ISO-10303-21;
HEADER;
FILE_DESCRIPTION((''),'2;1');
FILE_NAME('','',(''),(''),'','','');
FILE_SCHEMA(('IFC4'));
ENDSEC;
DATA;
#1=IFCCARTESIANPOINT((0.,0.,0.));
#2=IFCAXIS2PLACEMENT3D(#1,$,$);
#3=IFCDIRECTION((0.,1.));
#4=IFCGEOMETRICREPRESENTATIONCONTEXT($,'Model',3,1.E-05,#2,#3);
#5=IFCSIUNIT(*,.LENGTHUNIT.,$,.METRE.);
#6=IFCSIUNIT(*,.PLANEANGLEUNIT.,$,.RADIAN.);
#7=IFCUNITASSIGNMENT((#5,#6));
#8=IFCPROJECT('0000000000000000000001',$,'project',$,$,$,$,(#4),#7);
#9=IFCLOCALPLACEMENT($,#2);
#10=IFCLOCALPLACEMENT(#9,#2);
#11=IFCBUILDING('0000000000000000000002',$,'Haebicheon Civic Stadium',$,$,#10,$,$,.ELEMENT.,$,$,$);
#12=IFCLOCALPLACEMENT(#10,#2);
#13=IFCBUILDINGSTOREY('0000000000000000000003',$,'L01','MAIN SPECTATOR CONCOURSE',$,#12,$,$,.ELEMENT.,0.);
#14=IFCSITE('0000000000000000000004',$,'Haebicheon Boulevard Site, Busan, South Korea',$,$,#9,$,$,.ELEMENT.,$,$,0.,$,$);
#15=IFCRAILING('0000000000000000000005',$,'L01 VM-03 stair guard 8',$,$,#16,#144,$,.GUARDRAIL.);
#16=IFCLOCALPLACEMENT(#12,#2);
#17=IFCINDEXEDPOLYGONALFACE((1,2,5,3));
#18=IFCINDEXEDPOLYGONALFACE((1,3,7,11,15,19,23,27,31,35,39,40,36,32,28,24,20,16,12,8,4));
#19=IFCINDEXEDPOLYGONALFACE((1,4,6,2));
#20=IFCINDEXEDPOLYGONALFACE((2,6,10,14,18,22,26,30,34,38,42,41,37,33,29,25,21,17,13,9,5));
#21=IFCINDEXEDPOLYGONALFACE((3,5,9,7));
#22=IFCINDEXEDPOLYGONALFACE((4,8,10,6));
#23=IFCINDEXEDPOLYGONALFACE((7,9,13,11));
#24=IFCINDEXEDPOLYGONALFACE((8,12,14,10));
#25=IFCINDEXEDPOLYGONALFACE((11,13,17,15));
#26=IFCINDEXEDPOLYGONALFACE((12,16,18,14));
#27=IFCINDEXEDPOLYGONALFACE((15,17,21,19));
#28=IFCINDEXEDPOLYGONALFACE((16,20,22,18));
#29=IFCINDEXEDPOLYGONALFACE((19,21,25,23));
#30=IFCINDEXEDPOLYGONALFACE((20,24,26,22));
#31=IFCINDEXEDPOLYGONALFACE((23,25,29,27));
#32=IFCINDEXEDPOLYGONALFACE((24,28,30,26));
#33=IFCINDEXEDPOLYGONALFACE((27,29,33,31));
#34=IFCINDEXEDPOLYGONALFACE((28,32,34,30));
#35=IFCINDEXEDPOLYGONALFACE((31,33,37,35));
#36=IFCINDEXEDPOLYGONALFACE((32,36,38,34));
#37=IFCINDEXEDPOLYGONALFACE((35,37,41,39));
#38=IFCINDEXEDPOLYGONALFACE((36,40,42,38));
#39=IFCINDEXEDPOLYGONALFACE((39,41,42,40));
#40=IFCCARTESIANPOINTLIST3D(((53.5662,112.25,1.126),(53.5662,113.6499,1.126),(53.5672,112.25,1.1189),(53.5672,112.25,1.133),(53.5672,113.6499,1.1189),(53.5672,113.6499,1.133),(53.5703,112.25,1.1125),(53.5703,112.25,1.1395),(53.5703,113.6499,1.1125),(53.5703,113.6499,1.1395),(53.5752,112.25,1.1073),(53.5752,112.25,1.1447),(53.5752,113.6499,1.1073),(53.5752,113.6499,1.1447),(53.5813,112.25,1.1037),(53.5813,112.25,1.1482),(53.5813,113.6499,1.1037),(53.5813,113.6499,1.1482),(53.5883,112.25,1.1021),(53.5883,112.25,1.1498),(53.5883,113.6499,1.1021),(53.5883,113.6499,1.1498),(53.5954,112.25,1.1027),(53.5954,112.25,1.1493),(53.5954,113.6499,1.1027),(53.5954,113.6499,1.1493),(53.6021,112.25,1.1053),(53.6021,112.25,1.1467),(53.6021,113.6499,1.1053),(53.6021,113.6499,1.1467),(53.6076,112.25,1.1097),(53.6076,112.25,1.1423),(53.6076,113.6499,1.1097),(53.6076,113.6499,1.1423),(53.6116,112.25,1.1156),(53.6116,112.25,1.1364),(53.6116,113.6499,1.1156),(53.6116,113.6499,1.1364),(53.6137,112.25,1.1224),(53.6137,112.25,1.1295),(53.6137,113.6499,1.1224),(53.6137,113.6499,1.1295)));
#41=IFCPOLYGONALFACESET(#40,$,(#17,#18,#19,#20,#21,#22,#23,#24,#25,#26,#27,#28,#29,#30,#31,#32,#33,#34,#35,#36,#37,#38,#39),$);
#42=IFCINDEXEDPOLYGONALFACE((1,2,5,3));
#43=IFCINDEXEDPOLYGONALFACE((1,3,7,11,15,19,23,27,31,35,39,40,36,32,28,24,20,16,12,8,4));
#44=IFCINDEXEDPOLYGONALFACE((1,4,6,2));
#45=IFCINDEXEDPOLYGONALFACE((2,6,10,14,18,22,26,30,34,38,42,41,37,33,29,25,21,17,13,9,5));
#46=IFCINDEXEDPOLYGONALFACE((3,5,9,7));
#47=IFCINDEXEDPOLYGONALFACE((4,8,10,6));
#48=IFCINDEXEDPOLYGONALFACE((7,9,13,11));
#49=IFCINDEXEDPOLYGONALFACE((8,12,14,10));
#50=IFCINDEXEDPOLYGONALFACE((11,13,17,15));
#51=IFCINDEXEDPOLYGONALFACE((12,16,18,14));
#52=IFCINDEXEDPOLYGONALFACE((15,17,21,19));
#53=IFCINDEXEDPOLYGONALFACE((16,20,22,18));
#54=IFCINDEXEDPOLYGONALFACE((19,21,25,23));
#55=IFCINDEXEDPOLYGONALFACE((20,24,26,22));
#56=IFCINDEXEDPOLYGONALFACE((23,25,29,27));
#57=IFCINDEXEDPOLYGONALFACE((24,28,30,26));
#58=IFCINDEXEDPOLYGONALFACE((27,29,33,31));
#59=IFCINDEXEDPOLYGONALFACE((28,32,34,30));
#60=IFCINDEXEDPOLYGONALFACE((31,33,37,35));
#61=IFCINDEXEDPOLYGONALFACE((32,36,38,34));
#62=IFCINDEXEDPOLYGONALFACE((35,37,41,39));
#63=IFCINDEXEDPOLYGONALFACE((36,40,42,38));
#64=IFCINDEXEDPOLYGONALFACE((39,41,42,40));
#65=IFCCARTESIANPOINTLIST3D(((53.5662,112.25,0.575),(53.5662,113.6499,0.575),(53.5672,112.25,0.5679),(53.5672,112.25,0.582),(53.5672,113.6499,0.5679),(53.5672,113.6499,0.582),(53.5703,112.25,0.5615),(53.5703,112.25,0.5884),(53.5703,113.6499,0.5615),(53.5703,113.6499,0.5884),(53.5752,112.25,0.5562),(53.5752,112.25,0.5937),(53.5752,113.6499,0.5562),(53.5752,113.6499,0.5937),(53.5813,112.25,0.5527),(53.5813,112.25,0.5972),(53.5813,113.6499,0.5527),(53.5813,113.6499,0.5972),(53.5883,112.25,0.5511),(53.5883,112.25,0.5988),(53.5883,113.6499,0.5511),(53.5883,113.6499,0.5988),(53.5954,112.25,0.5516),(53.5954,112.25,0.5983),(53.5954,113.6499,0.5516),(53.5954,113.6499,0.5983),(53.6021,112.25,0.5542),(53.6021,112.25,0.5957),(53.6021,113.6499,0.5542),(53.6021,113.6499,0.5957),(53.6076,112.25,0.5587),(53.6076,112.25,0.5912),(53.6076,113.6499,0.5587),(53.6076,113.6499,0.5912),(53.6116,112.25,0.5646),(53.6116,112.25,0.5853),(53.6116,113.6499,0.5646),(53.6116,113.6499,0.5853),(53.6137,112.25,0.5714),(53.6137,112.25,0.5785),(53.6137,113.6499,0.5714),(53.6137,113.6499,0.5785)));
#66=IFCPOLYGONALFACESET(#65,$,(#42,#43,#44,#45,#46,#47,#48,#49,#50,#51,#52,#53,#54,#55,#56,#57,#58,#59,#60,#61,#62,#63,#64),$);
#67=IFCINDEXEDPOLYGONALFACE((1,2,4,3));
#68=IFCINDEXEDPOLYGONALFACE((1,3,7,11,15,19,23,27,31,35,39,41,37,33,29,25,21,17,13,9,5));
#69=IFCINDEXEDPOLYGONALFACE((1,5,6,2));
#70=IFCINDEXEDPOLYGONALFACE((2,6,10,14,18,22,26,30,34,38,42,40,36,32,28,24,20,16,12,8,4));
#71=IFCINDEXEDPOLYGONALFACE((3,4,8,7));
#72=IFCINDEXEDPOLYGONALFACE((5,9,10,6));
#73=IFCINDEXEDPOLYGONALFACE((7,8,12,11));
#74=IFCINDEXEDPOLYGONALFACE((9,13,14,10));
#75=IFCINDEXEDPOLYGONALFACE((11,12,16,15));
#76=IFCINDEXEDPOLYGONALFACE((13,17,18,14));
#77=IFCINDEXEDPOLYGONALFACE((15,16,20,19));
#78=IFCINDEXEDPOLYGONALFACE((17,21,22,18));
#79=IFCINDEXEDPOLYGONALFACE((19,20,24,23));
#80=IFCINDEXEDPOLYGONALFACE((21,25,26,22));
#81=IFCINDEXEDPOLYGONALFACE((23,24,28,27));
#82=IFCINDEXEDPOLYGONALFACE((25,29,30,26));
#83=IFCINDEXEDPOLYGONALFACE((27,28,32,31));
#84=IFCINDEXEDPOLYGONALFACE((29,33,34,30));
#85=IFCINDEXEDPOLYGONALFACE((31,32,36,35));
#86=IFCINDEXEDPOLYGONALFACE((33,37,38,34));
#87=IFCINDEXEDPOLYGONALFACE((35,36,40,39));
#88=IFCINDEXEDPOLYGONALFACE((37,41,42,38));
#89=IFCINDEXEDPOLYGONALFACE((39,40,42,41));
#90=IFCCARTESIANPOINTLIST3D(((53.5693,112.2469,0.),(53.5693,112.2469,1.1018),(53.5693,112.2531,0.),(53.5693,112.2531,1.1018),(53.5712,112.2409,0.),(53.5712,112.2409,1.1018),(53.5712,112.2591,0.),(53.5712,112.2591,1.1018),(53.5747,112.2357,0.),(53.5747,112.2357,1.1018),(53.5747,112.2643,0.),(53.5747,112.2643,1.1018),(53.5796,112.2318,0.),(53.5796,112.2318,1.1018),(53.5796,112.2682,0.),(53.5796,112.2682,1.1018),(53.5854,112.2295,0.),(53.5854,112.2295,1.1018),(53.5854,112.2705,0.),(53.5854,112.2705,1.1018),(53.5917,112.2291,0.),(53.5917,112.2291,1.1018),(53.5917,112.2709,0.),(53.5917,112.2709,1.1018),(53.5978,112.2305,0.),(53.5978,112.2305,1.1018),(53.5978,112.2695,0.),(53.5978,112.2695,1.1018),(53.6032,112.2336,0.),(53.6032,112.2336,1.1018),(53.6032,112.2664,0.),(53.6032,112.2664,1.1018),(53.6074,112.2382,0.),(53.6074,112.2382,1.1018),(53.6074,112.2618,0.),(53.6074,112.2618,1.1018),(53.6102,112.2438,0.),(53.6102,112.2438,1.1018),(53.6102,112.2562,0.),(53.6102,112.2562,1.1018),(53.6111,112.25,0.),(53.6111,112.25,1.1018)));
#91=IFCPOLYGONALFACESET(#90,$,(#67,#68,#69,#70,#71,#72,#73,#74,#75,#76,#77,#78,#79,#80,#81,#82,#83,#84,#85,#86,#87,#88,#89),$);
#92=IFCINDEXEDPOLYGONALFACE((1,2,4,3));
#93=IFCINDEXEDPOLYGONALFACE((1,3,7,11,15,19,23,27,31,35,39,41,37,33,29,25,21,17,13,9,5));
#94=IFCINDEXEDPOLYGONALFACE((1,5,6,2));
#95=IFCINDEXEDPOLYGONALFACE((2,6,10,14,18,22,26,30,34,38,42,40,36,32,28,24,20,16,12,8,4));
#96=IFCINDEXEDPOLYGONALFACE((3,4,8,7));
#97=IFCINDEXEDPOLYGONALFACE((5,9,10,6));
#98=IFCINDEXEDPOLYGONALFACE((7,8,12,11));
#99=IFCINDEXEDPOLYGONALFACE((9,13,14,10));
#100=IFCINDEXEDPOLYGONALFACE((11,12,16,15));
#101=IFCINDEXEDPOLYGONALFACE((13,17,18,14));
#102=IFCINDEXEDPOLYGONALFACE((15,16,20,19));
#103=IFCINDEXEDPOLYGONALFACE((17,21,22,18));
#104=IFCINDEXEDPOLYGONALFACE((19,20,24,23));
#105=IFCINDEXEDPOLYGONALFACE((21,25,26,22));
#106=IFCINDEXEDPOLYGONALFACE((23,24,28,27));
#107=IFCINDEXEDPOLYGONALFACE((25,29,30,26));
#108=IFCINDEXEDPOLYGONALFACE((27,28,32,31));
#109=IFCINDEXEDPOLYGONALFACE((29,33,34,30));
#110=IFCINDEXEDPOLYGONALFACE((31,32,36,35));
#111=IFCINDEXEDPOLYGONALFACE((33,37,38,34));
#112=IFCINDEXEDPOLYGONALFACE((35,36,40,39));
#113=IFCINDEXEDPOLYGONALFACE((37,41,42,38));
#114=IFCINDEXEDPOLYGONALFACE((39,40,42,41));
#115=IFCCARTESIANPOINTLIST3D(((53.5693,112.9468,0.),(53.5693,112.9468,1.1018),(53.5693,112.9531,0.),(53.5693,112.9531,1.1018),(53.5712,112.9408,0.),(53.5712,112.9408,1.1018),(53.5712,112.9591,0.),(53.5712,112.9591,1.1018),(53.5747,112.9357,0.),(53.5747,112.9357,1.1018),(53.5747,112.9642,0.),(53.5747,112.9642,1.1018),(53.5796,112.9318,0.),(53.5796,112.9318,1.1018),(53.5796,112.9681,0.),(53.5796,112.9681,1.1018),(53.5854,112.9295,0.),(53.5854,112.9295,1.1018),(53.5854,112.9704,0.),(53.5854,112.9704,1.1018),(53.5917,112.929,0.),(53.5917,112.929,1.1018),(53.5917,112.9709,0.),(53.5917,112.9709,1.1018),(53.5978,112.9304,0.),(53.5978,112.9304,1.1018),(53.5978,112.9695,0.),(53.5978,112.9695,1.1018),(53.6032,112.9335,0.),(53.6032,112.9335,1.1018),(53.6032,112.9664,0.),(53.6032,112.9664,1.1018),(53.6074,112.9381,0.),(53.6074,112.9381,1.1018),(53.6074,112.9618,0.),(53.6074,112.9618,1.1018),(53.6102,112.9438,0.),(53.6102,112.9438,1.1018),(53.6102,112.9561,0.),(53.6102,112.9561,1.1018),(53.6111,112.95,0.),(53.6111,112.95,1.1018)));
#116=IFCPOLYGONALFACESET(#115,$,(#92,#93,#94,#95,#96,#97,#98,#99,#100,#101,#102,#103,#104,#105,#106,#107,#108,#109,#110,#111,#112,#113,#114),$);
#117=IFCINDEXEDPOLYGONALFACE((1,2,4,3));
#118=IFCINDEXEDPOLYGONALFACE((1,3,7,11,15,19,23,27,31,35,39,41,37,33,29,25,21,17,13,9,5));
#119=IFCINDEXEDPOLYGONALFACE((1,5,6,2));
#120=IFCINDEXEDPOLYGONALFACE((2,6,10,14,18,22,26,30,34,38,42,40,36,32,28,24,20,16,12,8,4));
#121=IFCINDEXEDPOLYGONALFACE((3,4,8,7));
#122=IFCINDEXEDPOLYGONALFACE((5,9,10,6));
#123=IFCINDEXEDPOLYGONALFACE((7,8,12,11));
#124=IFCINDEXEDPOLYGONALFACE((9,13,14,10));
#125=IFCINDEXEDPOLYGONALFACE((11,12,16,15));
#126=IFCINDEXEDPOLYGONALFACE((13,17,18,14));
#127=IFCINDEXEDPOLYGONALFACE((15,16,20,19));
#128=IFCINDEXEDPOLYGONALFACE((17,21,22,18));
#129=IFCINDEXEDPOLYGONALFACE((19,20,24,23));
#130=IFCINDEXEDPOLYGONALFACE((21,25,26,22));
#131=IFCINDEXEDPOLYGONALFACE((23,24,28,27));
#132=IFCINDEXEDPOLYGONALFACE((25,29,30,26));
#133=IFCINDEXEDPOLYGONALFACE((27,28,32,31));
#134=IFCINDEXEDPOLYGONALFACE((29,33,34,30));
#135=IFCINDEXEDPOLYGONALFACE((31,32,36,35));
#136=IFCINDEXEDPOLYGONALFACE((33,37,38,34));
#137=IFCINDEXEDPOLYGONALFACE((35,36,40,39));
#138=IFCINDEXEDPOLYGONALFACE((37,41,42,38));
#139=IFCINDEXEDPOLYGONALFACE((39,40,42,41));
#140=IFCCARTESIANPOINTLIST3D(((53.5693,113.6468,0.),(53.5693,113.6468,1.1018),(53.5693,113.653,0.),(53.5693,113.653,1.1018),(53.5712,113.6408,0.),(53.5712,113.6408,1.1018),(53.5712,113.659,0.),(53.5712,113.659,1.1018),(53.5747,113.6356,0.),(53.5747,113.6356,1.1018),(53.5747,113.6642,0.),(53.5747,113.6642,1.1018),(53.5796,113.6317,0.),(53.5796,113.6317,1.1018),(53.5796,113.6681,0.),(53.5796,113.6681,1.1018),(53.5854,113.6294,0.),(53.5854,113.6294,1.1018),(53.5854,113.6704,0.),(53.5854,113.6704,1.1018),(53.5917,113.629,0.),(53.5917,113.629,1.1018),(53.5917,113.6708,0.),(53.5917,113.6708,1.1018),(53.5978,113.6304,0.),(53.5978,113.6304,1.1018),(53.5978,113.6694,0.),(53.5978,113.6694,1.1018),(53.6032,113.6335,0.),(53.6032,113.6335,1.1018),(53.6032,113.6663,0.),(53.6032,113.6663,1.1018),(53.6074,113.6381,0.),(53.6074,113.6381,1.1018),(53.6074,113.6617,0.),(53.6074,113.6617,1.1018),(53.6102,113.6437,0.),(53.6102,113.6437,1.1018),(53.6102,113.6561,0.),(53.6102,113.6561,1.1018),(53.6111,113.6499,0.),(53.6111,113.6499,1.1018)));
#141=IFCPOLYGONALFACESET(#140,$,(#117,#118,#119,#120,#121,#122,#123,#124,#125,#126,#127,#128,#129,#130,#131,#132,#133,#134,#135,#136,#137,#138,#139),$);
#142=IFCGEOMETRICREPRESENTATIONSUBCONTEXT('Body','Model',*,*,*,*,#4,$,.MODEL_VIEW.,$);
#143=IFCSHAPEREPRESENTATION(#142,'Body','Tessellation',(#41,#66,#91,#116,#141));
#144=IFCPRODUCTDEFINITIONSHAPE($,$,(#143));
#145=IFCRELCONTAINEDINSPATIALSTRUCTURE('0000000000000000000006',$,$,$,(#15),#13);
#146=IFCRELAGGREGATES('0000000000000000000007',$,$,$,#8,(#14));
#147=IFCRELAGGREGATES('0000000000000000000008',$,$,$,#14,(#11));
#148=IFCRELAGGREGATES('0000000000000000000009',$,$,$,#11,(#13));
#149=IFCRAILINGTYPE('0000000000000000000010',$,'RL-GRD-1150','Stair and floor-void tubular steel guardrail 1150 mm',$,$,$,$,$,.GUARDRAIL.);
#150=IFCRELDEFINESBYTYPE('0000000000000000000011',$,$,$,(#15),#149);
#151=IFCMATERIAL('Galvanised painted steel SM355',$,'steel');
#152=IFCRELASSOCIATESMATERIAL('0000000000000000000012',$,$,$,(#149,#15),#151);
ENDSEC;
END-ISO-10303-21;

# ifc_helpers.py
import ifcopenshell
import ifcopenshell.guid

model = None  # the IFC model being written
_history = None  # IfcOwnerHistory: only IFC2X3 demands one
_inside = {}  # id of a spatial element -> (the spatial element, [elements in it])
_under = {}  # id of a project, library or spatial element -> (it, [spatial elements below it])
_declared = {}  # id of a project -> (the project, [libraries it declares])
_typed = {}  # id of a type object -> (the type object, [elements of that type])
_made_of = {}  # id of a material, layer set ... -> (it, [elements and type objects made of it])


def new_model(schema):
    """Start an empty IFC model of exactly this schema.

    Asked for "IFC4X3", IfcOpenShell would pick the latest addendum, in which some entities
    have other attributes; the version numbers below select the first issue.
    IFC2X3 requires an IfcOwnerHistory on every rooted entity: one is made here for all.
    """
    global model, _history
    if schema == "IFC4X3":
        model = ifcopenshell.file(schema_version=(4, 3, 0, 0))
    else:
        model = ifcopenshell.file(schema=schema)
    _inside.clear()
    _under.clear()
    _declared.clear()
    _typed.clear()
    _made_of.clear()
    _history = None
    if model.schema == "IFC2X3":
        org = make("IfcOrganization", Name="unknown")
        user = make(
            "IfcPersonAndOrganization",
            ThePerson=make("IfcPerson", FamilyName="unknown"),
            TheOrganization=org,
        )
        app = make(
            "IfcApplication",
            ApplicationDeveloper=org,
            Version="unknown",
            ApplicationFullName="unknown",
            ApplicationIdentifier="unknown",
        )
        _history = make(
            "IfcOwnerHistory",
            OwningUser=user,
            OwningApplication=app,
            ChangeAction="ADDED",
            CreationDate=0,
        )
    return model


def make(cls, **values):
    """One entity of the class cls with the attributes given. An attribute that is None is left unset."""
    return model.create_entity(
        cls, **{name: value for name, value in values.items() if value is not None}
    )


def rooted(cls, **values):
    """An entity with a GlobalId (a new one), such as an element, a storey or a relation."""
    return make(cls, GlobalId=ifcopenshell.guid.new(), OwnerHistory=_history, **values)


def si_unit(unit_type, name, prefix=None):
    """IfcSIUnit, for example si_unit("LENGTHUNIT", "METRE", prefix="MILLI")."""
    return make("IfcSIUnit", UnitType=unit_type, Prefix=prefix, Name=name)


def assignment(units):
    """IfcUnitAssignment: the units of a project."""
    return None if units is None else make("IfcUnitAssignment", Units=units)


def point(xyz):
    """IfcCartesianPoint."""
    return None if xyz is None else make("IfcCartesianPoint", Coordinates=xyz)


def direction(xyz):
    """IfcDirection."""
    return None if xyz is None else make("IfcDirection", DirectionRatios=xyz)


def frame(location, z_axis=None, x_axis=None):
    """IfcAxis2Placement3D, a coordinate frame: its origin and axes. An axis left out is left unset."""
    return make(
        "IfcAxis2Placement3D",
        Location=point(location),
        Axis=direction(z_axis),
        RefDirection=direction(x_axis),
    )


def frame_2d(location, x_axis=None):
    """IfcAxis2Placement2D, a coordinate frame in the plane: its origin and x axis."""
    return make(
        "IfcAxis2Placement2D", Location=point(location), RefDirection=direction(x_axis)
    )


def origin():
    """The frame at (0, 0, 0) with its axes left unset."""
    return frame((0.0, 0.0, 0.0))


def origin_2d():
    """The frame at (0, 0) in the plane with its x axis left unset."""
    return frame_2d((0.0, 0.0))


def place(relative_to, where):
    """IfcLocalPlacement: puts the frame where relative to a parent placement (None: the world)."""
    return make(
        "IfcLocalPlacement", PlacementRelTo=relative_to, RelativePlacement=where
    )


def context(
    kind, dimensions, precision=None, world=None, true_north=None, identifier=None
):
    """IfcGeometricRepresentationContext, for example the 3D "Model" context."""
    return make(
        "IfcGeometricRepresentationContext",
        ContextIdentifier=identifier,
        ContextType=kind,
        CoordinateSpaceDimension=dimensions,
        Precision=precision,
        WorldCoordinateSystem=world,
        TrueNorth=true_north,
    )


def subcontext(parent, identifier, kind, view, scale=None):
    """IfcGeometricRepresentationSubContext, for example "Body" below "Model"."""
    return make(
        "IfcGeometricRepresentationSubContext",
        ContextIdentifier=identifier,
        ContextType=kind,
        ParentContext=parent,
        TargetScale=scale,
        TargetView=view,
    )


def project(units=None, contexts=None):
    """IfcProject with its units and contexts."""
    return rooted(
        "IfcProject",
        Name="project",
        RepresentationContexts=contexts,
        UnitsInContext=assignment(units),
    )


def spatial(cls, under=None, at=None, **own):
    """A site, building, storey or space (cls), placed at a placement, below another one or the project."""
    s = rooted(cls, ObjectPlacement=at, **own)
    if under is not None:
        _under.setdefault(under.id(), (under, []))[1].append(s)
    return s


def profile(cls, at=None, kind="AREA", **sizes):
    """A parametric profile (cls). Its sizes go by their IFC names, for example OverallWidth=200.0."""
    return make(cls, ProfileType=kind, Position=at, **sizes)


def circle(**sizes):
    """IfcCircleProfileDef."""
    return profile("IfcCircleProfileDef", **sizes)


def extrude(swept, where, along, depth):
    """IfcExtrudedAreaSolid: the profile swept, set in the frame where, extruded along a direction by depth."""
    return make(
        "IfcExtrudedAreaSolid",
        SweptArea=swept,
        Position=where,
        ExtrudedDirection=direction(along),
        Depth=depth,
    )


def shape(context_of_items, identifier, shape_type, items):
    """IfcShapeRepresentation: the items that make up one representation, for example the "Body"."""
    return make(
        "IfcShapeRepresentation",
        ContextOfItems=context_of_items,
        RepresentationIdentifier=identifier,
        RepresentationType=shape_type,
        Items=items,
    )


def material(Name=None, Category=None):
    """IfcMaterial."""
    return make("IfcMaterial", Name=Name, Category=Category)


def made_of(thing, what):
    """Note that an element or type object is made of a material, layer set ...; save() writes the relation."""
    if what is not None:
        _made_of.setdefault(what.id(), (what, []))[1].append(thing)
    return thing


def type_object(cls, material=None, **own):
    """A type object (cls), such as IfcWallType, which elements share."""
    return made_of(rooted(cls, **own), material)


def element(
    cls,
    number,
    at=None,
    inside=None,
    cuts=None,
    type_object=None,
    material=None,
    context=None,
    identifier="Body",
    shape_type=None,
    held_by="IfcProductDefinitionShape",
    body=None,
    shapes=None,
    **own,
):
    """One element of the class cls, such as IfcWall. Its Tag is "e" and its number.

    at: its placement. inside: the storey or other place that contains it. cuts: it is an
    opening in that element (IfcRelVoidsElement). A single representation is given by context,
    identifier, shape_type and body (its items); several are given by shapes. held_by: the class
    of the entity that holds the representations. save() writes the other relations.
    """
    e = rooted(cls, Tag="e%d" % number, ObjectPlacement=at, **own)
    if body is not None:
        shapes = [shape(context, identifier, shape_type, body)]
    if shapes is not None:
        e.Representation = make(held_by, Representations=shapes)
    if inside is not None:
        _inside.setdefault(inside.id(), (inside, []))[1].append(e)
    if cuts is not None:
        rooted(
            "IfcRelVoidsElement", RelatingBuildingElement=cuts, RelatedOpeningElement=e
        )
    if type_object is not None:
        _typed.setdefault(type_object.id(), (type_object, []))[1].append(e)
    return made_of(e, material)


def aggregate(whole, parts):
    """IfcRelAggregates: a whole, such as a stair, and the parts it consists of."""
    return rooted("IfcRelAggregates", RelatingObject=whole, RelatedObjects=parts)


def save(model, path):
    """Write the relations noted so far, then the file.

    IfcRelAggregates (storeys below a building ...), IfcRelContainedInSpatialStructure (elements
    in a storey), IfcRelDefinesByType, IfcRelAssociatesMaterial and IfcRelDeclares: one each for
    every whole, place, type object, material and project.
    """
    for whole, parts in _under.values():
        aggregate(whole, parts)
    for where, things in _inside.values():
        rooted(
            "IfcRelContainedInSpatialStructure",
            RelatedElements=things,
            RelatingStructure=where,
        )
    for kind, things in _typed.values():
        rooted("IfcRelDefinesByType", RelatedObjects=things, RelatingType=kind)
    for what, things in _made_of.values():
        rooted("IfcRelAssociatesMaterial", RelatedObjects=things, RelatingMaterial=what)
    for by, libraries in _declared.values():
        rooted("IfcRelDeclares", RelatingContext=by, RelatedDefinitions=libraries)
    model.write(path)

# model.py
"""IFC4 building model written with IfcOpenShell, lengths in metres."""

from ifc_helpers import new_model, si_unit, direction, frame, origin, origin_2d, place, context, subcontext, project, spatial, circle, extrude, material, type_object, element, save


model = new_model("IFC4")

# Units and contexts
model_context = context("Model", 3, precision=1e-05, world=origin(), true_north=direction((0.0, 1.0)))
body_context = subcontext(model_context, "Body", "Model", "MODEL_VIEW")
ifc_project = project(units=[si_unit("LENGTHUNIT", "METRE"), si_unit("PLANEANGLEUNIT", "RADIAN")], contexts=[model_context])

# Site, building, storey
site_placement = place(None, origin())
site = spatial("IfcSite", under=ifc_project, at=site_placement, Name="Haebicheon Boulevard Site, Busan, South Korea", CompositionType="ELEMENT", RefElevation=0.0)
building_placement = place(site_placement, origin())
building = spatial("IfcBuilding", under=site, at=building_placement, Name="Haebicheon Civic Stadium", CompositionType="ELEMENT")
storey_placement = place(building_placement, origin())
storey = spatial("IfcBuildingStorey", under=building, at=storey_placement, Name="L01", Description="MAIN SPECTATOR CONCOURSE", CompositionType="ELEMENT", Elevation=0.0)

# Railing
ifc_material_1 = material(Name="Galvanised painted steel SM355", Category="steel")
railing_type = type_object("IfcRailingType", Name="RL-GRD-1150", Description="Stair and floor-void tubular steel guardrail 1150 mm", PredefinedType="GUARDRAIL", material=ifc_material_1)
for number, where, name in (
    (1, (53.5901, 112.25, 0.0), "L01 VM-03 stair guard 8"),
):
    element("IfcRailing", number, at=place(storey_placement, frame(where)), inside=storey, type_object=railing_type, material=ifc_material_1, Name=name, PredefinedType="GUARDRAIL", context=body_context, shape_type="SweptSolid", body=[
        extrude(circle(Radius=0.0239, at=origin_2d()), frame((0.0, 0.0, 1.126), z_axis=(0.0, 1.0, 0.0), x_axis=(-1.0, 0.0, 0.0)), (0.0, 0.0, 1.0), 1.3999),
        extrude(circle(Radius=0.0239, at=origin_2d()), frame((0.0, 0.0, 0.575), z_axis=(0.0, 1.0, 0.0), x_axis=(-1.0, 0.0, 0.0)), (0.0, 0.0, 1.0), 1.3999),
        extrude(circle(Radius=0.021, at=origin_2d()), origin(), (0.0, 0.0, 1.0), 1.1018),
        extrude(circle(Radius=0.021, at=origin_2d()), frame((0.0, 0.7, 0.0)), (0.0, 0.0, 1.0), 1.1018),
        extrude(circle(Radius=0.021, at=origin_2d()), frame((0.0, 1.3999, 0.0)), (0.0, 0.0, 1.0), 1.1018),
    ])

save(model, "model.ifc")
